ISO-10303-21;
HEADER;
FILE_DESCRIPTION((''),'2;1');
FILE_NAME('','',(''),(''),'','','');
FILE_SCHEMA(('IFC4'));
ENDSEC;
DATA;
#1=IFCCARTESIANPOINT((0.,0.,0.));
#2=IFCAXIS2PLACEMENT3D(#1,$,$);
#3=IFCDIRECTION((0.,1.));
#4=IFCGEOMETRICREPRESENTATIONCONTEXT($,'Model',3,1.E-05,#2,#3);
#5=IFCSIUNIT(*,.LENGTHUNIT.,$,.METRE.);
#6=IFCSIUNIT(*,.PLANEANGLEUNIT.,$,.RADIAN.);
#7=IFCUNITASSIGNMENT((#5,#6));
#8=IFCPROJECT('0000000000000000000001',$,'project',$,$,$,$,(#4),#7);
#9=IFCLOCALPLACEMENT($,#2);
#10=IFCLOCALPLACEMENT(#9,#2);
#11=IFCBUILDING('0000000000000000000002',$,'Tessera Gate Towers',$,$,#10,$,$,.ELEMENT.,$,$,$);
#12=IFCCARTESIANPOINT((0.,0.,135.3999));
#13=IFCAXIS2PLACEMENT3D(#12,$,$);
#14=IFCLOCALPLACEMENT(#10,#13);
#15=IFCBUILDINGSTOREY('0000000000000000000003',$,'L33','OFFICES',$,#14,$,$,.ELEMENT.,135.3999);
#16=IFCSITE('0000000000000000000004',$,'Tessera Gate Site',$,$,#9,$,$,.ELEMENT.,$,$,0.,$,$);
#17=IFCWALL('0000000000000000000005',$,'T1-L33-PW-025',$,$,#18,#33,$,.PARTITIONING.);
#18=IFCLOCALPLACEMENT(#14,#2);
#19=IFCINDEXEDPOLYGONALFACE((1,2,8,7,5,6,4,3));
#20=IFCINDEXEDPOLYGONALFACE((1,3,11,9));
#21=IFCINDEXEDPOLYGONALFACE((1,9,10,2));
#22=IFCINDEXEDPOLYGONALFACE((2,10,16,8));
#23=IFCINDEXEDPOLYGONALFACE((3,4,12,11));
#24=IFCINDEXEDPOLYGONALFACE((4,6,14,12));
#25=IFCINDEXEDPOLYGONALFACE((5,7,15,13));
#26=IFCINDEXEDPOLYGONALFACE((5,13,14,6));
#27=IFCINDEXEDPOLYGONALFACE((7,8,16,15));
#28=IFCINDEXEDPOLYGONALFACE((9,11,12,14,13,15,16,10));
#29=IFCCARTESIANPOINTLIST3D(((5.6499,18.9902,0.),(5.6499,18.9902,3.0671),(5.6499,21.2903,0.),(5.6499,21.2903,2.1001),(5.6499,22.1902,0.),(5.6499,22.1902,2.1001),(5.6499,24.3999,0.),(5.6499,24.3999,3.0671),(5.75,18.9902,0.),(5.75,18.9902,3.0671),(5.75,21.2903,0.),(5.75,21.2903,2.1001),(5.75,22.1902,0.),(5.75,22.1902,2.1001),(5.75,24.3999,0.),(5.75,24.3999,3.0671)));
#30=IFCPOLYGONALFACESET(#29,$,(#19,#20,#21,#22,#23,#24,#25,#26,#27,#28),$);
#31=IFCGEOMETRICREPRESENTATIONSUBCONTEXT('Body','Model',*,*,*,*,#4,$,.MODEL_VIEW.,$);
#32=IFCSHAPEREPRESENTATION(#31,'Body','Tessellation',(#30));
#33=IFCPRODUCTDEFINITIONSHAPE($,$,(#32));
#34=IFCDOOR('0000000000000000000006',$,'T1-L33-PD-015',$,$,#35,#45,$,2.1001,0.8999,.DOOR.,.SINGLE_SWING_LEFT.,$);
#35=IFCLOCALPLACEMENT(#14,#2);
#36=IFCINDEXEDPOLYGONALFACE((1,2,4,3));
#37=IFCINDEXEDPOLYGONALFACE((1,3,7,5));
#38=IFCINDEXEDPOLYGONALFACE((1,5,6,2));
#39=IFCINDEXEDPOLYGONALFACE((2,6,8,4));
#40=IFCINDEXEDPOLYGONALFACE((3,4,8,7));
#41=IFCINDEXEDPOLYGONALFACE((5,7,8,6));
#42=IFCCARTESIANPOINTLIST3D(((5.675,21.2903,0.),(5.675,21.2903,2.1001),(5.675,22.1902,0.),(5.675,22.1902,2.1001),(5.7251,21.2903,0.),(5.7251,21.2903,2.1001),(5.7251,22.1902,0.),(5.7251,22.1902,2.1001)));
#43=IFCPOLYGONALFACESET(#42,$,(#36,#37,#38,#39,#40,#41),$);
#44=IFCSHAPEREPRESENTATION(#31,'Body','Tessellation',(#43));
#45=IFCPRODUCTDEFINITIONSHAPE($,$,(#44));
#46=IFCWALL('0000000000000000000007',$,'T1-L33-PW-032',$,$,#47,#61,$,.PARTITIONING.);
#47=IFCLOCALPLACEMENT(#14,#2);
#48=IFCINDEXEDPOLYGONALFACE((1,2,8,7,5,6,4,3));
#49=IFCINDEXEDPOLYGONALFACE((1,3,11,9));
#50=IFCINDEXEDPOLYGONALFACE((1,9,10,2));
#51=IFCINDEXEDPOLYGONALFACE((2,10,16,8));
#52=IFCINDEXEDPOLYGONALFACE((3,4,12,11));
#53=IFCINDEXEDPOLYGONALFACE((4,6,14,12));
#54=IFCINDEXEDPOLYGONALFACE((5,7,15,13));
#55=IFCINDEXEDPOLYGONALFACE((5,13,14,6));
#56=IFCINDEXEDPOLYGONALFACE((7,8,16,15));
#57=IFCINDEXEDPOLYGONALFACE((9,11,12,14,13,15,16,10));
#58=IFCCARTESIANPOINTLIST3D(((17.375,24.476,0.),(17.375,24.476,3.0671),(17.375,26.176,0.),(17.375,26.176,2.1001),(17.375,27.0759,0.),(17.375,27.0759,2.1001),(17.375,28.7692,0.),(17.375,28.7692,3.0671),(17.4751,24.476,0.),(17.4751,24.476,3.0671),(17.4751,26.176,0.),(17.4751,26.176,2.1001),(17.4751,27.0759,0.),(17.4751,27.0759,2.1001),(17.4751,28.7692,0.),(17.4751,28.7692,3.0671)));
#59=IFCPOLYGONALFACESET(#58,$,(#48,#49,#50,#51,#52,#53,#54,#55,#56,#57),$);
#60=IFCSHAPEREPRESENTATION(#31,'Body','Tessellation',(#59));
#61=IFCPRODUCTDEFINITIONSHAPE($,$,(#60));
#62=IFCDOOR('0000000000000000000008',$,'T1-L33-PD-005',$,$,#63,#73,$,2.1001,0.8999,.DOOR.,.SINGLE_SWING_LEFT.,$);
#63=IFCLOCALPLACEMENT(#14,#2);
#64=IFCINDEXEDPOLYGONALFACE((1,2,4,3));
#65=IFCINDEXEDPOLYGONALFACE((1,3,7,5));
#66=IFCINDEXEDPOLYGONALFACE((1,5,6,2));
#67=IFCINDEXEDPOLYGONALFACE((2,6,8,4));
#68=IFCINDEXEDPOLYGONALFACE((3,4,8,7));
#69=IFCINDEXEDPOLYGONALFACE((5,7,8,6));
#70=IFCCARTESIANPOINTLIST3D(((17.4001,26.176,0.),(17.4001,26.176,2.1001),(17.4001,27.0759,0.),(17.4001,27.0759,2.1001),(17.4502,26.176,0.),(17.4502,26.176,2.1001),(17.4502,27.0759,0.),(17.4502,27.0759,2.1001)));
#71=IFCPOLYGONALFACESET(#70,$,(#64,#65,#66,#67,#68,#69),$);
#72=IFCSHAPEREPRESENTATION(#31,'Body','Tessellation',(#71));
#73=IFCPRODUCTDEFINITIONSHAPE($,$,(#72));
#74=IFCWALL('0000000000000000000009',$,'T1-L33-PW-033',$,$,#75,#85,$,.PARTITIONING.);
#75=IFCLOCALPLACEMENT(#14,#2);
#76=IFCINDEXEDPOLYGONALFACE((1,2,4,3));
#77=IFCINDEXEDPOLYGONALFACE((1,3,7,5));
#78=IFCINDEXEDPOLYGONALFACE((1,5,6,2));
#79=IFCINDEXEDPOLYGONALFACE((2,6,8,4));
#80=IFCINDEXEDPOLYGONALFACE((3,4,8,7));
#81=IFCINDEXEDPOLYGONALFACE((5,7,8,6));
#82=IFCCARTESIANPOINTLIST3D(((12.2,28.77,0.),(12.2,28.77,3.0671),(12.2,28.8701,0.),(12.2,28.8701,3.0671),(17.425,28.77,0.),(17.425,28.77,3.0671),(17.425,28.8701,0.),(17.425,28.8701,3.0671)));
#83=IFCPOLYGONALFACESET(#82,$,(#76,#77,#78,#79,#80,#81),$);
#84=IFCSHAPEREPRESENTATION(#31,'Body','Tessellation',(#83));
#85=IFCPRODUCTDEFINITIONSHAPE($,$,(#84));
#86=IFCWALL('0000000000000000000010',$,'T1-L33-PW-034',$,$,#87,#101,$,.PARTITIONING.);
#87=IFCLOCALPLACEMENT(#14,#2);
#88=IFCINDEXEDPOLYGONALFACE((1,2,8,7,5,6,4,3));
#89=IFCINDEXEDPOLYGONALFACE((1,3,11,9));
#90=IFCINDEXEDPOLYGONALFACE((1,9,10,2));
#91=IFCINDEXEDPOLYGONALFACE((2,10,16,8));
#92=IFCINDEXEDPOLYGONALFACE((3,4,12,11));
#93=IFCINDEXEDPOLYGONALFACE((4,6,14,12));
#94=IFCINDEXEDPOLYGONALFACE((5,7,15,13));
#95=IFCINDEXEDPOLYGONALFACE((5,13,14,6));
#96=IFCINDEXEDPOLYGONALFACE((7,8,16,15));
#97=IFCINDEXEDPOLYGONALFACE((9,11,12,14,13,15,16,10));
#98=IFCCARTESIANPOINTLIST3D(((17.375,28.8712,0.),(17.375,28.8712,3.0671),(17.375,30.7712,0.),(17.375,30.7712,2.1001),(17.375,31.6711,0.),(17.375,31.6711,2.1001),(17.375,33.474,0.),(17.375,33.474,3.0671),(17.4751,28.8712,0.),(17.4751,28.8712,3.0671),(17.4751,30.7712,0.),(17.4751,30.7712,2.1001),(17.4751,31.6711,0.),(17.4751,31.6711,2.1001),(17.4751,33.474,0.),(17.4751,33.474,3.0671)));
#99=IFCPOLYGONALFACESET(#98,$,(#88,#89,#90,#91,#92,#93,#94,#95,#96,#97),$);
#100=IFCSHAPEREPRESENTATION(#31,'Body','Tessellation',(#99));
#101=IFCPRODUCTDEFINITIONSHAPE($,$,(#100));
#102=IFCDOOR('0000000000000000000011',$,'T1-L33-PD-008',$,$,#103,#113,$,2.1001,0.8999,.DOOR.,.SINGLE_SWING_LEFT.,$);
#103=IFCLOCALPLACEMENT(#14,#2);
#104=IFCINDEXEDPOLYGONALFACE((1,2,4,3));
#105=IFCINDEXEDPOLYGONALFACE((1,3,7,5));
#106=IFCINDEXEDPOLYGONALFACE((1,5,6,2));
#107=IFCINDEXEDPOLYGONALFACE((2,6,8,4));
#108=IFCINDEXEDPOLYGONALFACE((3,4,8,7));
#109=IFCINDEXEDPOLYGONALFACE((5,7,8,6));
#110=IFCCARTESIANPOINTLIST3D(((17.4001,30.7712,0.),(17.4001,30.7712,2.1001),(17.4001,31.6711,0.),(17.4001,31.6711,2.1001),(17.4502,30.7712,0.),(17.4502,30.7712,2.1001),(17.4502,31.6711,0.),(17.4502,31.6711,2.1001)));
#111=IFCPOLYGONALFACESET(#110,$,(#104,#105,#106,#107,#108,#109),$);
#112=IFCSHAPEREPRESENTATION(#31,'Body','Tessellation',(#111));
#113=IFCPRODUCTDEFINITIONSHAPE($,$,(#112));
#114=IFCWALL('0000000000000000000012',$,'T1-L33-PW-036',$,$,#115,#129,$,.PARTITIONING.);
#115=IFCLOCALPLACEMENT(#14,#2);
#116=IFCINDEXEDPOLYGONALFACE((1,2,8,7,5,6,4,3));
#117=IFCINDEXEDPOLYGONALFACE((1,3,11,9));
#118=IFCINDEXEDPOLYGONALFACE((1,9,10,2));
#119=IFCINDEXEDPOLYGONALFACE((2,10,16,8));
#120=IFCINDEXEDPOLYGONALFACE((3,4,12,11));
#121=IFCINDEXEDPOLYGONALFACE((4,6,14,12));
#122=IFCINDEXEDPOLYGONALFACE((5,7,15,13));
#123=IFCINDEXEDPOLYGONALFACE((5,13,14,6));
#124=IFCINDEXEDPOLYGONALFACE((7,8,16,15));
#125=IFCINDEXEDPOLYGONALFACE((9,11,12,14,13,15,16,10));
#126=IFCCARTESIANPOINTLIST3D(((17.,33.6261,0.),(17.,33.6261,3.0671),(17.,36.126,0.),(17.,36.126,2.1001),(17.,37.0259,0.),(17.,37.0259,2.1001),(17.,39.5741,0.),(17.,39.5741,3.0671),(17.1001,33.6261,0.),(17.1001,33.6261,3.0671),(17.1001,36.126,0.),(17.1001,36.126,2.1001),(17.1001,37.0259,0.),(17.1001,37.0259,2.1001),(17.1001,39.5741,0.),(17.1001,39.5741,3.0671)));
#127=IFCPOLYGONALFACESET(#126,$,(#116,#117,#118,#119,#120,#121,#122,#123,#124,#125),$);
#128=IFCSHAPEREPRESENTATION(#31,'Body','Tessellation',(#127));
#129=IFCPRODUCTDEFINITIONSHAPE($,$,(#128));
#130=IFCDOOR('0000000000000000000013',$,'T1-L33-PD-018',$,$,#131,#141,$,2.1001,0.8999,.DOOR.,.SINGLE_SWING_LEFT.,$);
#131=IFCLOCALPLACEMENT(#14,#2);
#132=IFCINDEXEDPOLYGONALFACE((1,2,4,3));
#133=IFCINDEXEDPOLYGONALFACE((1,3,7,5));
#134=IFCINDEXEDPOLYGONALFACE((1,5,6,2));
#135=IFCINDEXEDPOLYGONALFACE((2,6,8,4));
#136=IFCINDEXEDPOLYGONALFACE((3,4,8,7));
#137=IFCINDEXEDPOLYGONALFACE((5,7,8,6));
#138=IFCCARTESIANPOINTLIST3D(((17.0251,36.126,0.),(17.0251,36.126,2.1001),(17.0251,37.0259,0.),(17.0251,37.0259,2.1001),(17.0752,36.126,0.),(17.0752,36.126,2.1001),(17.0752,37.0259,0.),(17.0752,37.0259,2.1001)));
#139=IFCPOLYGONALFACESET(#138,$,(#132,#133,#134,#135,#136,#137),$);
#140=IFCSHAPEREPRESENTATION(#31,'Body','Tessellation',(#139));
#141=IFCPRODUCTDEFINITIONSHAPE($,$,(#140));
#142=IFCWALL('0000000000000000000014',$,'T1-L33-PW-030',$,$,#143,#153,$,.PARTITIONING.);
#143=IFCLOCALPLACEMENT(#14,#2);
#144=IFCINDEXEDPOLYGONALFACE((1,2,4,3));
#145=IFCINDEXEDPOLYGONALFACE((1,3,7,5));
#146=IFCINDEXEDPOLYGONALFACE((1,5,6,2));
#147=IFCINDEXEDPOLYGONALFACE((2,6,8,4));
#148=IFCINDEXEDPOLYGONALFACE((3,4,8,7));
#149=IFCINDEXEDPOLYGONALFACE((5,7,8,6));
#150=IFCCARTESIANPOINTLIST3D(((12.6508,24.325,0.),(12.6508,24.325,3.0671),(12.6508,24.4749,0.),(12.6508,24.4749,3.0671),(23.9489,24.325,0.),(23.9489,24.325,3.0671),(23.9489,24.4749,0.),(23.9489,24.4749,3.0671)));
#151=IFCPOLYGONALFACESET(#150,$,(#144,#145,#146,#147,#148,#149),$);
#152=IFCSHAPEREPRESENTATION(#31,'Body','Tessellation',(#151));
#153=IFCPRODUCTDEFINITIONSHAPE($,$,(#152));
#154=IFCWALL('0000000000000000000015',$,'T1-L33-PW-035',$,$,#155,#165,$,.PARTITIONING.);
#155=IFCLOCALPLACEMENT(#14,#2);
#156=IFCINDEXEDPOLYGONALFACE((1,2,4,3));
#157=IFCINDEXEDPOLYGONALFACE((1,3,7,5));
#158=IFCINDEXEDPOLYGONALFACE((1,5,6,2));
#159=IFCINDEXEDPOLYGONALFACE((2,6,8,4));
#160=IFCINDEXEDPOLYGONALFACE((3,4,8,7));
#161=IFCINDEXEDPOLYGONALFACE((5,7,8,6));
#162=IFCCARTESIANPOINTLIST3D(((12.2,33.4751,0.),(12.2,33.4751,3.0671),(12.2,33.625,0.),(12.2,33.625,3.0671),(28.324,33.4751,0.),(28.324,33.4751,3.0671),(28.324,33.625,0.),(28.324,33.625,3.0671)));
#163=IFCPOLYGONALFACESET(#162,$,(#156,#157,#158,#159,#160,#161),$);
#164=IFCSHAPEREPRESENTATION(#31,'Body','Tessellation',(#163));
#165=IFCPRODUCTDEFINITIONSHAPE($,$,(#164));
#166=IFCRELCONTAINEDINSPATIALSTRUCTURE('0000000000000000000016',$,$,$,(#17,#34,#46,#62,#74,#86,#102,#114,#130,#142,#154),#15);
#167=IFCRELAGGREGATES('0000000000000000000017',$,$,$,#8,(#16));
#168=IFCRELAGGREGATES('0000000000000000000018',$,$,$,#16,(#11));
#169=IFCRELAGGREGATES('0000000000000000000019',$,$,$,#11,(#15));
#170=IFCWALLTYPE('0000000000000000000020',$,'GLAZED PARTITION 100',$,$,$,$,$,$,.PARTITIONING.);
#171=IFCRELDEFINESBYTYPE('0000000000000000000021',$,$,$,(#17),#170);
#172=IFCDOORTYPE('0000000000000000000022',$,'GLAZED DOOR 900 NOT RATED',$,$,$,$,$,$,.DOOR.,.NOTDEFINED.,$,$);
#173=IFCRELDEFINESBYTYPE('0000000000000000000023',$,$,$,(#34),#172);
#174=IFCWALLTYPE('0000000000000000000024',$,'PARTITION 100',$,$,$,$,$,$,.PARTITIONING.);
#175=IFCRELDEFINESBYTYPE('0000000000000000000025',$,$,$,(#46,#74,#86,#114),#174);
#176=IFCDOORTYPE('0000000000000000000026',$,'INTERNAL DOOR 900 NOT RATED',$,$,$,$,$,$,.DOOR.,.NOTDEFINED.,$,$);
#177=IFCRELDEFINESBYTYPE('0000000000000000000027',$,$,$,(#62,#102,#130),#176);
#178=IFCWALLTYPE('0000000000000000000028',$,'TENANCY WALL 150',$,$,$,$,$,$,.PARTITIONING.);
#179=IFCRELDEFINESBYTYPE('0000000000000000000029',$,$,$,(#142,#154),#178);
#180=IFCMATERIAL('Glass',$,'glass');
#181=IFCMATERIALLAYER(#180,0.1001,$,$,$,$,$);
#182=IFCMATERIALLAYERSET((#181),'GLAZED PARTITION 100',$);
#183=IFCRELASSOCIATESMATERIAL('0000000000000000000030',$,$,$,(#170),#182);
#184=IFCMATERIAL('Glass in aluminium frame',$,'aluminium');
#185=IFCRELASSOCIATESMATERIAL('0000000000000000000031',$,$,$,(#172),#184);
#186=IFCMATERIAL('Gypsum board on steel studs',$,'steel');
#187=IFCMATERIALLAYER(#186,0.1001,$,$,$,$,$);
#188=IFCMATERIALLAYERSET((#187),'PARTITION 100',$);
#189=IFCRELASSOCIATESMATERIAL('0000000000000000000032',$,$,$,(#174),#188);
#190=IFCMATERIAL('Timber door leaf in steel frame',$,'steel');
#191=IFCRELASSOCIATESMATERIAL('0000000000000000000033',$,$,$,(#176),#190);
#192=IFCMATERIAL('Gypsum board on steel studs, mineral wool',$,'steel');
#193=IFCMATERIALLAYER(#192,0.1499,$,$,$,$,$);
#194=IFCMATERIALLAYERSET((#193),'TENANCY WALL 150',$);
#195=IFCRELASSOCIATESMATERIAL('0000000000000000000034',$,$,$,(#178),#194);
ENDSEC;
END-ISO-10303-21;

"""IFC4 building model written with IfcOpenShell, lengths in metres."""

from ifc_helpers import new_model, si_unit, direction, frame, frame_2d, origin, place, context, subcontext, project, spatial, rectangle, extrude, source, transform, mapped, material, layer, layer_set, type_object, element, fill, save


model = new_model("IFC4")

# Units and contexts
model_context = context("Model", 3, precision=1e-05, world=origin(), true_north=direction((0.0, 1.0)))
body_context = subcontext(model_context, "Body", "Model", "MODEL_VIEW")
ifc_project = project(units=[si_unit("LENGTHUNIT", "METRE"), si_unit("PLANEANGLEUNIT", "RADIAN")], contexts=[model_context])

# Site, building, storey
site_placement = place(None, origin())
site = spatial("IfcSite", under=ifc_project, at=site_placement, Name="Tessera Gate Site", CompositionType="ELEMENT", RefElevation=0.0)
building_placement = place(site_placement, origin())
building = spatial("IfcBuilding", under=site, at=building_placement, Name="Tessera Gate Towers", CompositionType="ELEMENT")
storey_placement = place(building_placement, frame((0.0, 0.0, 135.3999)))
storey = spatial("IfcBuildingStorey", under=building, at=storey_placement, Name="L33", Description="OFFICES", CompositionType="ELEMENT", Elevation=135.3999)

# Walls, openings, doors
ifc_material_1 = material(Name="Glass", Category="glass")
ifc_layer_1 = layer(ifc_material_1, 0.1001)
ifc_layer_set_1 = layer_set([ifc_layer_1], Name="GLAZED PARTITION 100")
wall_type_1 = type_object("IfcWallType", Name="GLAZED PARTITION 100", PredefinedType="PARTITIONING", material=ifc_layer_set_1)
wall_1_placement = place(storey_placement, frame((5.7, 18.9902, 0.0), z_axis=(0.0, 0.0, 1.0), x_axis=(0.0, 1.0, 0.0)))
wall_1 = element("IfcWall", 1, at=wall_1_placement, inside=storey, type_object=wall_type_1, Name="T1-L33-PW-025", PredefinedType="PARTITIONING", context=body_context, shape_type="SweptSolid", body=[
    extrude(rectangle(XDim=5.4097, YDim=0.1001, at=frame_2d((2.7048, 0.0))), origin(), (0.0, 0.0, 1.0), 3.0671),
])
shared_shape_1 = source(origin(), body_context, "Body", "SweptSolid", [
    extrude(rectangle(XDim=0.8999, YDim=2.1001, at=frame_2d((0.45, 1.05))), frame((0.0, 0.0601, 0.0), z_axis=(0.0, -1.0, 0.0), x_axis=(1.0, 0.0, 0.0)), (0.0, 0.0, 1.0), 0.1201),
])
opening_1_placement = place(wall_1_placement, frame((2.3, 0.0, 0.0)))
opening_1 = element("IfcOpeningElement", 2, at=opening_1_placement, cuts=wall_1, PredefinedType="OPENING", context=body_context, shape_type="MappedRepresentation", body=[
    mapped(shared_shape_1, transform((0.0, 0.0, 0.0), scale=1.0)),
])
ifc_material_2 = material(Name="Glass in aluminium frame", Category="aluminium")
door_type_1 = type_object("IfcDoorType", Name="GLAZED DOOR 900 NOT RATED", OperationType="NOTDEFINED", PredefinedType="DOOR", material=ifc_material_2)
shared_shape_2 = source(origin(), body_context, "Body", "SweptSolid", [
    extrude(rectangle(XDim=0.8999, YDim=2.1001, at=frame_2d((0.45, 1.05))), frame((0.0, 0.0249, 0.0), z_axis=(0.0, -1.0, 0.0), x_axis=(1.0, 0.0, 0.0)), (0.0, 0.0, 1.0), 0.05),
])
door_1_placement = place(opening_1_placement, origin())
door_1 = element("IfcDoor", 3, at=door_1_placement, inside=storey, type_object=door_type_1, Name="T1-L33-PD-015", OperationType="SINGLE_SWING_LEFT", OverallHeight=2.1001, OverallWidth=0.8999, PredefinedType="DOOR", context=body_context, shape_type="MappedRepresentation", body=[
    mapped(shared_shape_2, transform((0.0, 0.0, 0.0), scale=1.0)),
])
fill(opening_1, door_1)
ifc_material_3 = material(Name="Gypsum board on steel studs", Category="steel")
ifc_layer_2 = layer(ifc_material_3, 0.1001)
ifc_layer_set_2 = layer_set([ifc_layer_2], Name="PARTITION 100")
wall_type_2 = type_object("IfcWallType", Name="PARTITION 100", PredefinedType="PARTITIONING", material=ifc_layer_set_2)
wall_2_placement = place(storey_placement, frame((17.425, 24.4761, 0.0), z_axis=(0.0, 0.0, 1.0), x_axis=(0.0, 1.0, 0.0)))
wall_2 = element("IfcWall", 4, at=wall_2_placement, inside=storey, type_object=wall_type_2, Name="T1-L33-PW-032", PredefinedType="PARTITIONING", context=body_context, shape_type="SweptSolid", body=[
    extrude(rectangle(XDim=4.2932, YDim=0.1001, at=frame_2d((2.1465, 0.0))), origin(), (0.0, 0.0, 1.0), 3.0671),
])
opening_2_placement = place(wall_2_placement, frame((1.7, 0.0, 0.0)))
opening_2 = element("IfcOpeningElement", 5, at=opening_2_placement, cuts=wall_2, PredefinedType="OPENING", context=body_context, shape_type="MappedRepresentation", body=[
    mapped(shared_shape_1, transform((0.0, 0.0, 0.0), scale=1.0)),
])
ifc_material_4 = material(Name="Timber door leaf in steel frame", Category="steel")
door_type_2 = type_object("IfcDoorType", Name="INTERNAL DOOR 900 NOT RATED", OperationType="NOTDEFINED", PredefinedType="DOOR", material=ifc_material_4)
door_2_placement = place(opening_2_placement, origin())
door_2 = element("IfcDoor", 6, at=door_2_placement, inside=storey, type_object=door_type_2, Name="T1-L33-PD-005", OperationType="SINGLE_SWING_LEFT", OverallHeight=2.1001, OverallWidth=0.8999, PredefinedType="DOOR", context=body_context, shape_type="MappedRepresentation", body=[
    mapped(shared_shape_2, transform((0.0, 0.0, 0.0), scale=1.0)),
])
fill(opening_2, door_2)

# Wall
wall_3_placement = place(storey_placement, frame((12.2, 28.8201, 0.0), z_axis=(0.0, 0.0, 1.0), x_axis=(1.0, 0.0, 0.0)))
element("IfcWall", 7, at=wall_3_placement, inside=storey, type_object=wall_type_2, Name="T1-L33-PW-033", PredefinedType="PARTITIONING", context=body_context, shape_type="SweptSolid", body=[
    extrude(rectangle(XDim=5.2251, YDim=0.1001, at=frame_2d((2.6125, 0.0))), origin(), (0.0, 0.0, 1.0), 3.0671),
])

# Walls, openings, doors
wall_4_placement = place(storey_placement, frame((17.425, 28.8713, 0.0), z_axis=(0.0, 0.0, 1.0), x_axis=(0.0, 1.0, 0.0)))
wall_4 = element("IfcWall", 8, at=wall_4_placement, inside=storey, type_object=wall_type_2, Name="T1-L33-PW-034", PredefinedType="PARTITIONING", context=body_context, shape_type="SweptSolid", body=[
    extrude(rectangle(XDim=4.6028, YDim=0.1001, at=frame_2d((2.3013, 0.0))), origin(), (0.0, 0.0, 1.0), 3.0671),
])
opening_3_placement = place(wall_4_placement, frame((1.8999, 0.0, 0.0)))
opening_3 = element("IfcOpeningElement", 9, at=opening_3_placement, cuts=wall_4, PredefinedType="OPENING", context=body_context, shape_type="MappedRepresentation", body=[
    mapped(shared_shape_1, transform((0.0, 0.0, 0.0), scale=1.0)),
])
door_3_placement = place(opening_3_placement, origin())
door_3 = element("IfcDoor", 10, at=door_3_placement, inside=storey, type_object=door_type_2, Name="T1-L33-PD-008", OperationType="SINGLE_SWING_LEFT", OverallHeight=2.1001, OverallWidth=0.8999, PredefinedType="DOOR", context=body_context, shape_type="MappedRepresentation", body=[
    mapped(shared_shape_2, transform((0.0, 0.0, 0.0), scale=1.0)),
])
fill(opening_3, door_3)
wall_5_placement = place(storey_placement, frame((17.05, 33.626, 0.0), z_axis=(0.0, 0.0, 1.0), x_axis=(0.0, 1.0, 0.0)))
wall_5 = element("IfcWall", 11, at=wall_5_placement, inside=storey, type_object=wall_type_2, Name="T1-L33-PW-036", PredefinedType="PARTITIONING", context=body_context, shape_type="SweptSolid", body=[
    extrude(rectangle(XDim=5.948, YDim=0.1001, at=frame_2d((2.9741, 0.0))), origin(), (0.0, 0.0, 1.0), 3.0671),
])
opening_4_placement = place(wall_5_placement, frame((2.5, 0.0, 0.0)))
opening_4 = element("IfcOpeningElement", 12, at=opening_4_placement, cuts=wall_5, PredefinedType="OPENING", context=body_context, shape_type="MappedRepresentation", body=[
    mapped(shared_shape_1, transform((0.0, 0.0, 0.0), scale=1.0)),
])
door_4_placement = place(opening_4_placement, origin())
door_4 = element("IfcDoor", 13, at=door_4_placement, inside=storey, type_object=door_type_2, Name="T1-L33-PD-018", OperationType="SINGLE_SWING_LEFT", OverallHeight=2.1001, OverallWidth=0.8999, PredefinedType="DOOR", context=body_context, shape_type="MappedRepresentation", body=[
    mapped(shared_shape_2, transform((0.0, 0.0, 0.0), scale=1.0)),
])
fill(opening_4, door_4)

# Walls
ifc_material_5 = material(Name="Gypsum board on steel studs, mineral wool", Category="steel")
ifc_layer_3 = layer(ifc_material_5, 0.1499)
ifc_layer_set_3 = layer_set([ifc_layer_3], Name="TENANCY WALL 150")
wall_type_3 = type_object("IfcWallType", Name="TENANCY WALL 150", PredefinedType="PARTITIONING", material=ifc_layer_set_3)
wall_6_placement = place(storey_placement, frame((12.6509, 24.3999, 0.0), z_axis=(0.0, 0.0, 1.0), x_axis=(1.0, 0.0, 0.0)))
element("IfcWall", 14, at=wall_6_placement, inside=storey, type_object=wall_type_3, Name="T1-L33-PW-030", PredefinedType="PARTITIONING", context=body_context, shape_type="SweptSolid", body=[
    extrude(rectangle(XDim=11.2981, YDim=0.1499, at=frame_2d((5.6489, 0.0))), origin(), (0.0, 0.0, 1.0), 3.0671),
])
wall_7_placement = place(storey_placement, frame((12.2, 33.55, 0.0), z_axis=(0.0, 0.0, 1.0), x_axis=(1.0, 0.0, 0.0)))
element("IfcWall", 15, at=wall_7_placement, inside=storey, type_object=wall_type_3, Name="T1-L33-PW-035", PredefinedType="PARTITIONING", context=body_context, shape_type="SweptSolid", body=[
    extrude(rectangle(XDim=16.124, YDim=0.1499, at=frame_2d((8.062, 0.0))), origin(), (0.0, 0.0, 1.0), 3.0671),
])

save(model, "model.ifc")
